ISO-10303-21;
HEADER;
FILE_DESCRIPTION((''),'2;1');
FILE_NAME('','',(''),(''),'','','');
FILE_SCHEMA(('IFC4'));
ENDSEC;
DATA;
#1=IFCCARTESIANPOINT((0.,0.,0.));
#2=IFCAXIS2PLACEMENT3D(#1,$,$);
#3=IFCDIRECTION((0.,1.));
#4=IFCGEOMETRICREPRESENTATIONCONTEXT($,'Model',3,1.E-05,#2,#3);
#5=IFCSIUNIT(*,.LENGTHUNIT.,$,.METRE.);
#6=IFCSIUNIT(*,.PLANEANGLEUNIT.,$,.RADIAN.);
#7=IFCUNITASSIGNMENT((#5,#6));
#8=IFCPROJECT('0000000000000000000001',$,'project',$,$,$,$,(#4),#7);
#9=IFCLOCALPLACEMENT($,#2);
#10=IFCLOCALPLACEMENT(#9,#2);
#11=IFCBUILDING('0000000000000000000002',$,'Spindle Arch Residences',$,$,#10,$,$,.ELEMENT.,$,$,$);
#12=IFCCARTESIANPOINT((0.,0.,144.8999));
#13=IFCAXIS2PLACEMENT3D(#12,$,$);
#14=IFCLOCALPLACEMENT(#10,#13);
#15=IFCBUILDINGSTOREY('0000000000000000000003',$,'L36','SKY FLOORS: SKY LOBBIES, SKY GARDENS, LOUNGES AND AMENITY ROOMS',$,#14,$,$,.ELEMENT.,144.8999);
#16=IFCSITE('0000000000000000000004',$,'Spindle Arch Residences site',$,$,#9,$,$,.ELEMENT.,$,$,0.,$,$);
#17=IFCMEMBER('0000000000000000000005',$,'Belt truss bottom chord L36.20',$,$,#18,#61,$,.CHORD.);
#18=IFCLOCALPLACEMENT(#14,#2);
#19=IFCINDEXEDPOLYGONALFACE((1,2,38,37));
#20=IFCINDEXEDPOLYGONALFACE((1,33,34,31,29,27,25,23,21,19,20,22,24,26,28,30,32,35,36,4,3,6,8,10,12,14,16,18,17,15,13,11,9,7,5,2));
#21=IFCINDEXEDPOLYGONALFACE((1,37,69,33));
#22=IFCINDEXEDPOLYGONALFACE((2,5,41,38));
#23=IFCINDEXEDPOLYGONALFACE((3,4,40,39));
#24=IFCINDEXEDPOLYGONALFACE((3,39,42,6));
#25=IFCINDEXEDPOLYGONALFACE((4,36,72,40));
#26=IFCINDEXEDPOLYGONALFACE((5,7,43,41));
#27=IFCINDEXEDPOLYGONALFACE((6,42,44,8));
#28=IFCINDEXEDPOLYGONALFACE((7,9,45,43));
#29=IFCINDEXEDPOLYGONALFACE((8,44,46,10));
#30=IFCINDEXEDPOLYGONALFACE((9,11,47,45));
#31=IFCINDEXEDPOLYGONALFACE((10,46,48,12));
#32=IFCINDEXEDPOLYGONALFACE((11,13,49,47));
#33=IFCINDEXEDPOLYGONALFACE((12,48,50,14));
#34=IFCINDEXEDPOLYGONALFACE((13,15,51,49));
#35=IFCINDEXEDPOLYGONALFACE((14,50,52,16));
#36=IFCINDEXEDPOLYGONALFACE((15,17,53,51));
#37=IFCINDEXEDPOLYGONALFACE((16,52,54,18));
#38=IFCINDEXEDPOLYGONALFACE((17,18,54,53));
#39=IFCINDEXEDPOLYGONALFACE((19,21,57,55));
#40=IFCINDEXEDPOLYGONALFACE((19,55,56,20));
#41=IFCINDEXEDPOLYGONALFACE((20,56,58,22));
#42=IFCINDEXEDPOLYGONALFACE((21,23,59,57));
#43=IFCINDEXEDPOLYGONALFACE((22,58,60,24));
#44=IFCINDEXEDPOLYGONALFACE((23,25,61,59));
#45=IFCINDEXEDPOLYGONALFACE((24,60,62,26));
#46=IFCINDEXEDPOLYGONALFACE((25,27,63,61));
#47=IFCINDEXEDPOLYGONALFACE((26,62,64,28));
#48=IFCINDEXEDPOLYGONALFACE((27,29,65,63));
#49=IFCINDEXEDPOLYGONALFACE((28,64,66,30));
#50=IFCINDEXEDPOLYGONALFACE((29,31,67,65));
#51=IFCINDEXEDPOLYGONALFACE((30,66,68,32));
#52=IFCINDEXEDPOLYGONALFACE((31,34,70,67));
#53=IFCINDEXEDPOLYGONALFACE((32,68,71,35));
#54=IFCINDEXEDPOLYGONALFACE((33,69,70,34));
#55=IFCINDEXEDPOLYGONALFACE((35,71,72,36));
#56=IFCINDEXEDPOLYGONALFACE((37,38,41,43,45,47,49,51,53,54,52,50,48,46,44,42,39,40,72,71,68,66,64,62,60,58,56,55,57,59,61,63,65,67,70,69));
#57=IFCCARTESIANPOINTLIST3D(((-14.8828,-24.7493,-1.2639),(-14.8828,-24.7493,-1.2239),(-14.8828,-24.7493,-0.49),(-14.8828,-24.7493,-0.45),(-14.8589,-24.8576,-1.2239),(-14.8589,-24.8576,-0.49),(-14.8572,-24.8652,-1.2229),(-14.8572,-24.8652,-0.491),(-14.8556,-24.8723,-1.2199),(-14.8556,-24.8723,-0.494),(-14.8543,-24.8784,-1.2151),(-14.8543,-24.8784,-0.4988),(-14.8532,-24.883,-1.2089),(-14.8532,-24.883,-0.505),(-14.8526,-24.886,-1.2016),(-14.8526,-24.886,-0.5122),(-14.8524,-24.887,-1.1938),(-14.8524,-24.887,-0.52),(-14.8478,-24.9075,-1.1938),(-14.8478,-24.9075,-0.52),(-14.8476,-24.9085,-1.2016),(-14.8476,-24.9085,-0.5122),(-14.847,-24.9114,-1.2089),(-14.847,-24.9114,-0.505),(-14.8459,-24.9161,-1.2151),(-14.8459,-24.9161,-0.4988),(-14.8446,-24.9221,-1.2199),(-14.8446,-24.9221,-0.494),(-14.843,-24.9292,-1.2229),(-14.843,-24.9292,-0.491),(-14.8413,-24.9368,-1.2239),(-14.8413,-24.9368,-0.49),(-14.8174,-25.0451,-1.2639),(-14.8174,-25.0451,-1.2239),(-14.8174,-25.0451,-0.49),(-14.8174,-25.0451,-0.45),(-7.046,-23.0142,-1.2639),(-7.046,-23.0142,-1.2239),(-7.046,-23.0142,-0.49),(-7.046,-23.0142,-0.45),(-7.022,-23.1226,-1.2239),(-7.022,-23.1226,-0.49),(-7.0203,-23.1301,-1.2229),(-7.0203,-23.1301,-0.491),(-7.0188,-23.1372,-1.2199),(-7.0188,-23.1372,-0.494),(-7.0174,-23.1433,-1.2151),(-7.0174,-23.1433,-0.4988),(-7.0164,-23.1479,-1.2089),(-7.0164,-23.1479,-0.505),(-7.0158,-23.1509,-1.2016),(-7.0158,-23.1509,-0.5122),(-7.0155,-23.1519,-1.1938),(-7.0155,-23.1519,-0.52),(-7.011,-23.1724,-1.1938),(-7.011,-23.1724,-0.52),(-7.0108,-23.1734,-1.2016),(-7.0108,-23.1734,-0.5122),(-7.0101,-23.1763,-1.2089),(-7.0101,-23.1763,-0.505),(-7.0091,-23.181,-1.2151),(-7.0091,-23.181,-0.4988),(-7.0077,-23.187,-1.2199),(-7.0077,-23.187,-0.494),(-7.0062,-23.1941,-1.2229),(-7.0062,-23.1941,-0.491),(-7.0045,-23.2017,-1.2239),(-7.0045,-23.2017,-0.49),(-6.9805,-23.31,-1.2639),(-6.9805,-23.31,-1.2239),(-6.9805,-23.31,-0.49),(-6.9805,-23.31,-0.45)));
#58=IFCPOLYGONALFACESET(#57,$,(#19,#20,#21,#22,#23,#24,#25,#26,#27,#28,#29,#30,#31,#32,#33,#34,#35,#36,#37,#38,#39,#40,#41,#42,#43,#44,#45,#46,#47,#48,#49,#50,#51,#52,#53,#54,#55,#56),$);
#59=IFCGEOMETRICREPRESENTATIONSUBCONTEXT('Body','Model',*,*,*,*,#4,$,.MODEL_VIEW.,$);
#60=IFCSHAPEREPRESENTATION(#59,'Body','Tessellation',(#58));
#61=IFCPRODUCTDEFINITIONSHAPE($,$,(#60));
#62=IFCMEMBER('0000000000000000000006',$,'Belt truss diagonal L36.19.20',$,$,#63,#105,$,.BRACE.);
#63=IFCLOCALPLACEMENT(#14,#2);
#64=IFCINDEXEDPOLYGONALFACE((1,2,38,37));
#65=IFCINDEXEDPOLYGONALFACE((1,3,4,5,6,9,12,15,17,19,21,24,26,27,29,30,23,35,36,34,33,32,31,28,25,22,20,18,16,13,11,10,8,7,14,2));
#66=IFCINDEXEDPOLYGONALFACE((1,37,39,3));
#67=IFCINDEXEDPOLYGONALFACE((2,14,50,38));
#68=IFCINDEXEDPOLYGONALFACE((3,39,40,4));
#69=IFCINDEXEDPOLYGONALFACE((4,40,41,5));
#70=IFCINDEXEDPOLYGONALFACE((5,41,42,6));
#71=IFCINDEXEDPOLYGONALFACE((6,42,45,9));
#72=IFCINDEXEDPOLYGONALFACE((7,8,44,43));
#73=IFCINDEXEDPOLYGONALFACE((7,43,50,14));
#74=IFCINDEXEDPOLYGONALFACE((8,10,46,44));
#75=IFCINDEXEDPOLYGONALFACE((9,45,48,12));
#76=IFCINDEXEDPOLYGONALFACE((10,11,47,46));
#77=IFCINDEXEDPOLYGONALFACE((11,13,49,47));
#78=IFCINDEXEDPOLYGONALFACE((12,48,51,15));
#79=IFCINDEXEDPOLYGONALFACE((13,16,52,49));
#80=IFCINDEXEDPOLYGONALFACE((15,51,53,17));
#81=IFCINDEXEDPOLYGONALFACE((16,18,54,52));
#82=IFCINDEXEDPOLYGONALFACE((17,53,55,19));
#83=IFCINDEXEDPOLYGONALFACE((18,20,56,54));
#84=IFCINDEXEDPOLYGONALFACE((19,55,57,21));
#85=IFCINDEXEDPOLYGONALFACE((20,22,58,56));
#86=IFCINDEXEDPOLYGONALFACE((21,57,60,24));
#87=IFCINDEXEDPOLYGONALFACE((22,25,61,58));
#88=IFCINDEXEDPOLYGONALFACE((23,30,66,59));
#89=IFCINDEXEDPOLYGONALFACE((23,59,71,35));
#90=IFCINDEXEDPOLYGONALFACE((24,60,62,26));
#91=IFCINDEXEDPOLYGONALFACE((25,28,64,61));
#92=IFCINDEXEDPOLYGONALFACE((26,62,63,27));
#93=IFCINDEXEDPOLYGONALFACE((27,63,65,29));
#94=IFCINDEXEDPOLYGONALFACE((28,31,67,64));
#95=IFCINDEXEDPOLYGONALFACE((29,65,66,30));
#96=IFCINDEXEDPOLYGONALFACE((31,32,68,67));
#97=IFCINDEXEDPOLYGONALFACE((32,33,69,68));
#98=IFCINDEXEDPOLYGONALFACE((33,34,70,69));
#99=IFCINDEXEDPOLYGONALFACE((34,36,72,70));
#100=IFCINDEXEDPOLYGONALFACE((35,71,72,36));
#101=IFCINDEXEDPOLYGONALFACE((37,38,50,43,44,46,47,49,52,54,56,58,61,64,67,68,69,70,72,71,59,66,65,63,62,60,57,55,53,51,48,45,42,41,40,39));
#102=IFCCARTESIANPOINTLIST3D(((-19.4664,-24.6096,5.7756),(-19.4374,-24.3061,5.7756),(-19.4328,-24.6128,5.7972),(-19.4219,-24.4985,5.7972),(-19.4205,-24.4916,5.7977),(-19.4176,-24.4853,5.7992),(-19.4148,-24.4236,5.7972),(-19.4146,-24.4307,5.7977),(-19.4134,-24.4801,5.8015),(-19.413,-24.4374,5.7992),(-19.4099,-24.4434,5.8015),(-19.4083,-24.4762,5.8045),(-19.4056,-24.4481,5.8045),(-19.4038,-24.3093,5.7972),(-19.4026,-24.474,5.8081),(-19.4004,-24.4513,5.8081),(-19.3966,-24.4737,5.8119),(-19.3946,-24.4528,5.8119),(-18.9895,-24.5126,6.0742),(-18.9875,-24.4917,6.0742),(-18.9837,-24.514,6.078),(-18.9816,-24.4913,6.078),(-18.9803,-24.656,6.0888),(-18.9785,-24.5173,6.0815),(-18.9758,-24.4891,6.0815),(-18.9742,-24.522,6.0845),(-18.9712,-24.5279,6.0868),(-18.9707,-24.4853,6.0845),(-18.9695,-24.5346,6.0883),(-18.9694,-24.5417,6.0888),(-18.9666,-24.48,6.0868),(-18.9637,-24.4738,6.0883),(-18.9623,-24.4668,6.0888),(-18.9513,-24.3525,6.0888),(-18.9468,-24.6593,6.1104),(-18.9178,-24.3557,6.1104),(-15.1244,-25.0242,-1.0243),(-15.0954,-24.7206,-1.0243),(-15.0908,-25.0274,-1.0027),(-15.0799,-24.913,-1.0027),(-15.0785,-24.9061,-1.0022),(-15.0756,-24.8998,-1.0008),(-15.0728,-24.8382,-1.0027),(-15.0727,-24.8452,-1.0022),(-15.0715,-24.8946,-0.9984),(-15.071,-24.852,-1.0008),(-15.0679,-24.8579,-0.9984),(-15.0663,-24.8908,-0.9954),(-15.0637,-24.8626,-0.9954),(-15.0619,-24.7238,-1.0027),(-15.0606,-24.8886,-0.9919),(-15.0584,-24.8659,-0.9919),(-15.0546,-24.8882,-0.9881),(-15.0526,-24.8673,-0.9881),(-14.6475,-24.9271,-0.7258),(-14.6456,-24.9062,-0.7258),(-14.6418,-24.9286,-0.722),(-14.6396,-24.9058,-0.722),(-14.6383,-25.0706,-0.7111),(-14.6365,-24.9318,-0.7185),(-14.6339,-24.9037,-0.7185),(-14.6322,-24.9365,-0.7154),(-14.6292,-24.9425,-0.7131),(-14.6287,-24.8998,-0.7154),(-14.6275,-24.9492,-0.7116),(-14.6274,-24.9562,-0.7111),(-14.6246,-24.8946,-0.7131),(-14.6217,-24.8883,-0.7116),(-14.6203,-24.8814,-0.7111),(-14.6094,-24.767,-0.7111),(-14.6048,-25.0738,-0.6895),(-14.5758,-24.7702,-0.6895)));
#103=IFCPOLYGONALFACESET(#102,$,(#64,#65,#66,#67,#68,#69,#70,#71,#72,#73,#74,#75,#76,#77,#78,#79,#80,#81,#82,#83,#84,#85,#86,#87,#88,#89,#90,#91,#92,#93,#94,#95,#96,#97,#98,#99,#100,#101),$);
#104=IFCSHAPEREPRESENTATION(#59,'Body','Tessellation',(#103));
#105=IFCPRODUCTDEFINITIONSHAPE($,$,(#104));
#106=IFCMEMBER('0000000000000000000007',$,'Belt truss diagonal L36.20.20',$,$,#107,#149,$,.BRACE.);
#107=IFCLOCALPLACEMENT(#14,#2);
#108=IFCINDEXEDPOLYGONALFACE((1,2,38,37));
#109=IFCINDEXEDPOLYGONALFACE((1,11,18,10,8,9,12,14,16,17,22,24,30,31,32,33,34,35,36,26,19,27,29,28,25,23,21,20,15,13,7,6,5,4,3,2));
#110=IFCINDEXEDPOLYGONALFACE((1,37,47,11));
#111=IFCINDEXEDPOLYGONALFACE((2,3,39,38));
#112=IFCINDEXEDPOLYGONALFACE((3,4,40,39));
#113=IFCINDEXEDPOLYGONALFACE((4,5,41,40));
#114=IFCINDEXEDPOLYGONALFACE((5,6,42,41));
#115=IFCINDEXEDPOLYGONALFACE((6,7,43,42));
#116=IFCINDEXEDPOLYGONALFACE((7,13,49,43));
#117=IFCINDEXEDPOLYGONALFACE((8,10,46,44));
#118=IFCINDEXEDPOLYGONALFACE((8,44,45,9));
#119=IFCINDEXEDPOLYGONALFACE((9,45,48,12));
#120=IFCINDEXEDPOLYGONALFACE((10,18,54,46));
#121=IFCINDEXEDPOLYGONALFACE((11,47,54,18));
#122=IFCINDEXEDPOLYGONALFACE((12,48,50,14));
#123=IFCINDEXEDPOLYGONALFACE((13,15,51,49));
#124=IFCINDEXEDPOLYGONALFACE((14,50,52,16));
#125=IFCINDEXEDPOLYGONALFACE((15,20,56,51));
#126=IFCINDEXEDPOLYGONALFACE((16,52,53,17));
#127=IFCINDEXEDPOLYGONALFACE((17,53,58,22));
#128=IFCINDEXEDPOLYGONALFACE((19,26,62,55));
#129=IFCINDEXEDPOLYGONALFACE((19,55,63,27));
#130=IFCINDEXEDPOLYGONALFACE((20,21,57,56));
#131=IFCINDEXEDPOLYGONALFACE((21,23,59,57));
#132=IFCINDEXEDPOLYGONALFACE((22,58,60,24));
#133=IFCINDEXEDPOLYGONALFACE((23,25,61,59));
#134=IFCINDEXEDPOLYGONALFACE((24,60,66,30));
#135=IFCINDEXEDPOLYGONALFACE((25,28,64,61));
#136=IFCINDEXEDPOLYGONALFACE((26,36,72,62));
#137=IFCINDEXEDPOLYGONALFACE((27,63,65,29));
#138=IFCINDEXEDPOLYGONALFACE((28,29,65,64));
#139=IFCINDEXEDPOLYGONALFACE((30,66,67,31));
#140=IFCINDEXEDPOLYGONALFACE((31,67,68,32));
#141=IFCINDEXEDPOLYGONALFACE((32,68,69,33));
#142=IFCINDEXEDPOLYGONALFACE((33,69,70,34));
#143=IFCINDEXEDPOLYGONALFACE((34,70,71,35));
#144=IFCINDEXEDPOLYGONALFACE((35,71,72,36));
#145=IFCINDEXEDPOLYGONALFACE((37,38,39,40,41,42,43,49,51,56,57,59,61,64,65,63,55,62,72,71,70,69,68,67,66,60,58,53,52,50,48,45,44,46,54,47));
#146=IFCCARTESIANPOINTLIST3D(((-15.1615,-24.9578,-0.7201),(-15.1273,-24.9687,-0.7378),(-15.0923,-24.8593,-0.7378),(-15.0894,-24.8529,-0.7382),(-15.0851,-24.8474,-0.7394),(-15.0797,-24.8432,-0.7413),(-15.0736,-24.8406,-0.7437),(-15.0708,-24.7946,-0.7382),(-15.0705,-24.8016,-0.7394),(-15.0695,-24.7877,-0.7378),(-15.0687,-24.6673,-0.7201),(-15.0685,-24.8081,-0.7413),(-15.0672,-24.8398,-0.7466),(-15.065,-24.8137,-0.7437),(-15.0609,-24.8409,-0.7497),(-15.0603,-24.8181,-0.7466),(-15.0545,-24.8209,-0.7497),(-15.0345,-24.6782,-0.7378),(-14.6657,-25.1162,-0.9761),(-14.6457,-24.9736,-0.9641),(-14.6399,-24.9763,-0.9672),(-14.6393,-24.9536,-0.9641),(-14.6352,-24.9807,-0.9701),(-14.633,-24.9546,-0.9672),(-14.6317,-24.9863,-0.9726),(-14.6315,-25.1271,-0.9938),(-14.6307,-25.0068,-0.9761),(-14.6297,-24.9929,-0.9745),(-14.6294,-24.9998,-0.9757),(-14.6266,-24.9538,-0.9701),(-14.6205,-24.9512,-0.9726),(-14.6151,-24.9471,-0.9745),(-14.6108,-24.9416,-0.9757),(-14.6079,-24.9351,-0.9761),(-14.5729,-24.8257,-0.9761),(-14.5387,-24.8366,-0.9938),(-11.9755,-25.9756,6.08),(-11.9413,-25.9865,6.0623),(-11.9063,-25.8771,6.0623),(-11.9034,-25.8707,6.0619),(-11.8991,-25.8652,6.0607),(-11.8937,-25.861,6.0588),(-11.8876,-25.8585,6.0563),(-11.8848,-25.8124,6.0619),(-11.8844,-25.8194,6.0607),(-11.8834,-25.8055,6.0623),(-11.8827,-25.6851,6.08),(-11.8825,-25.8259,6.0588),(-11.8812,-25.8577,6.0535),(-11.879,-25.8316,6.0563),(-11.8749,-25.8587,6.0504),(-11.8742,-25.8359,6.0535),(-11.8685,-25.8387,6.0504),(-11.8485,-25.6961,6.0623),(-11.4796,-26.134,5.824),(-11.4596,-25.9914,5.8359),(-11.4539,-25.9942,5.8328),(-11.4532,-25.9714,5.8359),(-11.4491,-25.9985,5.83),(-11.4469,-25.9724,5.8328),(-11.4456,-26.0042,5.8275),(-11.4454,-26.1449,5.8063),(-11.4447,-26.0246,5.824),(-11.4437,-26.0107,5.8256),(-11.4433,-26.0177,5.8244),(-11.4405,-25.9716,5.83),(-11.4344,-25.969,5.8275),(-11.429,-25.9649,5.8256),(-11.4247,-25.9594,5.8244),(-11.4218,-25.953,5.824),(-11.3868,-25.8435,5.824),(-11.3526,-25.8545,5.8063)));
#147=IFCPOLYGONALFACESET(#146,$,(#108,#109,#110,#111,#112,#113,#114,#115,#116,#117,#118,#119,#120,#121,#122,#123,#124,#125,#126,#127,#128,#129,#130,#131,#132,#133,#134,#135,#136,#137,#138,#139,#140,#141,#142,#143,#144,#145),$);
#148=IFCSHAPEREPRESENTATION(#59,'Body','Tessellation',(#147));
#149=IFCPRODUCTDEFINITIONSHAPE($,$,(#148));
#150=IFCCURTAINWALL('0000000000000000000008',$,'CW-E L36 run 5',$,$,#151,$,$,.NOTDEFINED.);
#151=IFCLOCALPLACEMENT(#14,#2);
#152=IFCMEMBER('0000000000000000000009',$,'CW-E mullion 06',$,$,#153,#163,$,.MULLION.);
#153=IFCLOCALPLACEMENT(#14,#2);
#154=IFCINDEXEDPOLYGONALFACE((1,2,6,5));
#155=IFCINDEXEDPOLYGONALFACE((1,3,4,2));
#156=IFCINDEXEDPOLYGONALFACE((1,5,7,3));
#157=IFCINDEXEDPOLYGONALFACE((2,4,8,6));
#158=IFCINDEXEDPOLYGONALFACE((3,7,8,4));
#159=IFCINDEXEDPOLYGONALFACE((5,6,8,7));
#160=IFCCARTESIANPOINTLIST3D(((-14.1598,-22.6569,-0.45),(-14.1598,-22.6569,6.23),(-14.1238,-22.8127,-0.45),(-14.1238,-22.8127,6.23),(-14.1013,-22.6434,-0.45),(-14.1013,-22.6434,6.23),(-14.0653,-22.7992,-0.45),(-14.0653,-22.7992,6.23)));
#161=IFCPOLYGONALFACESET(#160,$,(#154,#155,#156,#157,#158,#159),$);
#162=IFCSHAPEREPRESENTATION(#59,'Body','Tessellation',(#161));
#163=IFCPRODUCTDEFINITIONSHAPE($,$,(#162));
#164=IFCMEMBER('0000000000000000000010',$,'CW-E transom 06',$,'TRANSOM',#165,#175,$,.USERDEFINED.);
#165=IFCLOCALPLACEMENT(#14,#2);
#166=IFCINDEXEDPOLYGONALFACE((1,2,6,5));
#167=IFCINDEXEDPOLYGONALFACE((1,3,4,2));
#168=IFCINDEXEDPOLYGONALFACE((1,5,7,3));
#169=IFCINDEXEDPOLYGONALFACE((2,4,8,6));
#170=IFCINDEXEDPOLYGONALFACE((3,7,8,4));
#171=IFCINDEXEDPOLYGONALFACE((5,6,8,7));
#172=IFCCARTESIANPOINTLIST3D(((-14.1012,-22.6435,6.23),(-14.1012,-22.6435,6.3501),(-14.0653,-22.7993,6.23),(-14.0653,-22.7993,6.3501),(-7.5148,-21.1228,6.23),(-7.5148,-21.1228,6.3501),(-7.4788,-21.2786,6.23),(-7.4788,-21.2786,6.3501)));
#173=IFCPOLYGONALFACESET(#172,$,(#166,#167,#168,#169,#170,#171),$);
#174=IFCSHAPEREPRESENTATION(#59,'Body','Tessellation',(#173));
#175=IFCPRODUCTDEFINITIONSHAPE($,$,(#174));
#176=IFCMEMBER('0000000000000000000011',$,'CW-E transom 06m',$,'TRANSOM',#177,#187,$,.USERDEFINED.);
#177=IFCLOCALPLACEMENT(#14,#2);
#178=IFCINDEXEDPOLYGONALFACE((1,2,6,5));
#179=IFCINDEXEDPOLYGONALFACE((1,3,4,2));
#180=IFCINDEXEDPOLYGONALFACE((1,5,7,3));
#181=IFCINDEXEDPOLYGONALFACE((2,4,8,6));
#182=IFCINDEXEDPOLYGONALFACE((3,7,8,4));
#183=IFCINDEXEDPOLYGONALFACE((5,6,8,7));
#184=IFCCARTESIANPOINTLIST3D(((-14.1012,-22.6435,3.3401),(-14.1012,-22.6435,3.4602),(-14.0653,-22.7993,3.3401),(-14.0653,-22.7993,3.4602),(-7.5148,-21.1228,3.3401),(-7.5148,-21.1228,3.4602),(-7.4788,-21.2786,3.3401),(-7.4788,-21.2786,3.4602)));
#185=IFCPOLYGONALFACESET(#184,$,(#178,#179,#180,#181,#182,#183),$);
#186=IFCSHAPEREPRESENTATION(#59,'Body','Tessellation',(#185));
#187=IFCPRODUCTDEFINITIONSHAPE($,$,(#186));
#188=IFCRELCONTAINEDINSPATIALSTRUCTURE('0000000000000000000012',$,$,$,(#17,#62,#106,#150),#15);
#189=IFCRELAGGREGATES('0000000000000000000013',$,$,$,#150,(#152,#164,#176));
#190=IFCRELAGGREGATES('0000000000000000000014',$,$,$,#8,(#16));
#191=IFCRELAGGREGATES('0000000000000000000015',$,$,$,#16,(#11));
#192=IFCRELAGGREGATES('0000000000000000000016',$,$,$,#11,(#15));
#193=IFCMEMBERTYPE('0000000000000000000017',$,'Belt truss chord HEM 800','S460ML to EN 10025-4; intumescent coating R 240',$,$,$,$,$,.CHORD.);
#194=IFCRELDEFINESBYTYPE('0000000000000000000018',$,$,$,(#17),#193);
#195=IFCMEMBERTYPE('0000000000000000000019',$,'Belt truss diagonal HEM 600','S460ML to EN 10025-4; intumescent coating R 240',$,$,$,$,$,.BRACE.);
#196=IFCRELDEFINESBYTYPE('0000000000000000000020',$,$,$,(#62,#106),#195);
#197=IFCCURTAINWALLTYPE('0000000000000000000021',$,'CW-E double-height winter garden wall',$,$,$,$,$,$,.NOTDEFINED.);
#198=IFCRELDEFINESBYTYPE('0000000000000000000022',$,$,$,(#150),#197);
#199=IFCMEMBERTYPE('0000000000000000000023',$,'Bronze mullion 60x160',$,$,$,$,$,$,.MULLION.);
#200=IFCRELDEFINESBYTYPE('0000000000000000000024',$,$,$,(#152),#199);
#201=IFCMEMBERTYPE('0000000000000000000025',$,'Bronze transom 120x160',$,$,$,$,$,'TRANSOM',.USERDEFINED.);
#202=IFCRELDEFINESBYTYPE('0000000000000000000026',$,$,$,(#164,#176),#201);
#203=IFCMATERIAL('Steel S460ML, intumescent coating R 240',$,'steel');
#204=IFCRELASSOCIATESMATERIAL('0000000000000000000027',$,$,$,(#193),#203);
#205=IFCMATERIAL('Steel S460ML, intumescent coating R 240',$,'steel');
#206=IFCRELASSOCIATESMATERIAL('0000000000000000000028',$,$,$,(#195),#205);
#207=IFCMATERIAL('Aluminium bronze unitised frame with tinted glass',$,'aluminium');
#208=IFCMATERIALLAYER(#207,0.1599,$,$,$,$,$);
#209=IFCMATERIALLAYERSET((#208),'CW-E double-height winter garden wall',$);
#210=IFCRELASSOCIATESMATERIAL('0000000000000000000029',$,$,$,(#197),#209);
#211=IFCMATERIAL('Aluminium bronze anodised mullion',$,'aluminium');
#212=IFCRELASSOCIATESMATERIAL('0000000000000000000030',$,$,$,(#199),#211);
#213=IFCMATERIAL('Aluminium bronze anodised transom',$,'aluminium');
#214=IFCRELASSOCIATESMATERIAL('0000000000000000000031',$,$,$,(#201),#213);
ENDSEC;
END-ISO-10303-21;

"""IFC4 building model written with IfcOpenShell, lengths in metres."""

from ifc_helpers import new_model, si_unit, direction, frame, origin, origin_2d, place, context, subcontext, project, spatial, rectangle, i_section, extrude, material, layer, layer_set, material_profile, profile_set, type_object, element, aggregate, save


model = new_model("IFC4")

# Units and contexts
model_context = context("Model", 3, precision=1e-05, world=origin(), true_north=direction((0.0, 1.0)))
body_context = subcontext(model_context, "Body", "Model", "MODEL_VIEW")
ifc_project = project(units=[si_unit("LENGTHUNIT", "METRE"), si_unit("PLANEANGLEUNIT", "RADIAN")], contexts=[model_context])

# Site, building, storey
site_placement = place(None, origin())
site = spatial("IfcSite", under=ifc_project, at=site_placement, Name="Spindle Arch Residences site", CompositionType="ELEMENT", RefElevation=0.0)
building_placement = place(site_placement, origin())
building = spatial("IfcBuilding", under=site, at=building_placement, Name="Spindle Arch Residences", CompositionType="ELEMENT")
storey_placement = place(building_placement, frame((0.0, 0.0, 144.8999)))
storey = spatial("IfcBuildingStorey", under=building, at=storey_placement, Name="L36", Description="SKY FLOORS: SKY LOBBIES, SKY GARDENS, LOUNGES AND AMENITY ROOMS", CompositionType="ELEMENT", Elevation=144.8999)

# Members
ifc_material_1 = material(Name="Steel S460ML, intumescent coating R 240", Category="steel")
ifc_material_profile_1 = material_profile(ifc_material_1, i_section(OverallWidth=0.303, OverallDepth=0.814, WebThickness=0.021, FlangeThickness=0.04, FilletRadius=0.03, at=origin_2d()), Name="HEM 800")
ifc_profile_set_1 = profile_set([ifc_material_profile_1], Name="Steel S460ML, intumescent coating R 240")
member_type_1 = type_object("IfcMemberType", Name="Belt truss chord HEM 800", Description="S460ML to EN 10025-4; intumescent coating R 240", PredefinedType="CHORD", material=ifc_profile_set_1)
member_1_placement = place(storey_placement, frame((-14.8501, -24.8972, -0.8569), z_axis=(0.976356, 0.216167, 0.0), x_axis=(-0.216167, 0.976356, 0.0)))
element("IfcMember", 1, at=member_1_placement, inside=storey, type_object=member_type_1, Name="Belt truss bottom chord L36.20", PredefinedType="CHORD", context=body_context, shape_type="SweptSolid", body=[
    extrude(i_section(OverallWidth=0.303, OverallDepth=0.814, WebThickness=0.021, FlangeThickness=0.04, FilletRadius=0.03, at=origin_2d()), origin(), (0.0, 0.0, 1.0), 8.0266),
])
ifc_material_2 = material(Name="Steel S460ML, intumescent coating R 240", Category="steel")
ifc_material_profile_2 = material_profile(ifc_material_2, i_section(OverallWidth=0.3049, OverallDepth=0.6201, WebThickness=0.021, FlangeThickness=0.04, FilletRadius=0.0271, at=origin_2d()), Name="HEM 600")
ifc_profile_set_2 = profile_set([ifc_material_profile_2], Name="Steel S460ML, intumescent coating R 240")
member_type_2 = type_object("IfcMemberType", Name="Belt truss diagonal HEM 600", Description="S460ML to EN 10025-4; intumescent coating R 240", PredefinedType="BRACE", material=ifc_profile_set_2)
member_2_placement = place(storey_placement, frame((-14.8501, -24.8972, -0.8569), z_axis=(-0.537466, 0.051314, 0.841723), x_axis=(-0.095042, -0.995473, 0.0)))
element("IfcMember", 2, at=member_2_placement, inside=storey, type_object=member_type_2, Name="Belt truss diagonal L36.19.20", PredefinedType="BRACE", context=body_context, shape_type="SweptSolid", body=[
    extrude(i_section(OverallWidth=0.3049, OverallDepth=0.6201, WebThickness=0.021, FlangeThickness=0.04, FilletRadius=0.0271, at=origin_2d()), origin(), (0.0, 0.0, 1.0), 8.0786),
])
member_3_placement = place(storey_placement, frame((-14.8501, -24.8972, -0.8569), z_axis=(0.420427, -0.134311, 0.89733), x_axis=(0.304312, 0.952572, 0.0)))
element("IfcMember", 3, at=member_3_placement, inside=storey, type_object=member_type_2, Name="Belt truss diagonal L36.20.20", PredefinedType="BRACE", context=body_context, shape_type="SweptSolid", body=[
    extrude(i_section(OverallWidth=0.3049, OverallDepth=0.6201, WebThickness=0.021, FlangeThickness=0.04, FilletRadius=0.0271, at=origin_2d()), origin(), (0.0, 0.0, 1.0), 7.5781),
])

# Curtain wall, members
ifc_material_3 = material(Name="Aluminium bronze unitised frame with tinted glass", Category="aluminium")
ifc_layer_1 = layer(ifc_material_3, 0.1599)
ifc_layer_set_1 = layer_set([ifc_layer_1], Name="CW-E double-height winter garden wall")
curtain_wall_type = type_object("IfcCurtainWallType", Name="CW-E double-height winter garden wall", PredefinedType="NOTDEFINED", material=ifc_layer_set_1)
curtain_wall_placement = place(storey_placement, origin())
curtain_wall = element("IfcCurtainWall", 4, at=curtain_wall_placement, inside=storey, type_object=curtain_wall_type, Name="CW-E L36 run 5", PredefinedType="NOTDEFINED")
ifc_material_4 = material(Name="Aluminium bronze anodised mullion", Category="aluminium")
ifc_material_profile_3 = material_profile(ifc_material_4, rectangle(XDim=0.1599, YDim=0.0601, at=origin_2d()), Name="MU 60x160")
ifc_profile_set_3 = profile_set([ifc_material_profile_3], Name="Aluminium bronze anodised mullion")
member_type_3 = type_object("IfcMemberType", Name="Bronze mullion 60x160", PredefinedType="MULLION", material=ifc_profile_set_3)
member_4_placement = place(storey_placement, frame((-14.1125, -22.728, -0.45), z_axis=(0.0, 0.0, 1.0), x_axis=(-0.224951, 0.97437, 0.0)))
member_4 = element("IfcMember", 5, at=member_4_placement, type_object=member_type_3, Name="CW-E mullion 06", PredefinedType="MULLION", context=body_context, shape_type="SweptSolid", body=[
    extrude(rectangle(XDim=0.1599, YDim=0.0601, at=origin_2d()), origin(), (0.0, 0.0, 1.0), 6.6799),
])
ifc_material_5 = material(Name="Aluminium bronze anodised transom", Category="aluminium")
ifc_material_profile_4 = material_profile(ifc_material_5, rectangle(XDim=0.1599, YDim=0.1201, at=origin_2d()), Name="TR 120x160")
ifc_profile_set_4 = profile_set([ifc_material_profile_4], Name="Aluminium bronze anodised transom")
member_type_4 = type_object("IfcMemberType", Name="Bronze transom 120x160", ElementType="TRANSOM", PredefinedType="USERDEFINED", material=ifc_profile_set_4)
member_5_placement = place(storey_placement, frame((-14.0833, -22.7214, 6.29), z_axis=(0.974365, 0.224973, 0.0), x_axis=(-0.224973, 0.974365, 0.0)))
member_5 = element("IfcMember", 6, at=member_5_placement, type_object=member_type_4, Name="CW-E transom 06", ObjectType="TRANSOM", PredefinedType="USERDEFINED", context=body_context, shape_type="SweptSolid", body=[
    extrude(rectangle(XDim=0.1599, YDim=0.1201, at=origin_2d()), origin(), (0.0, 0.0, 1.0), 6.7598),
])
member_6_placement = place(storey_placement, frame((-14.0833, -22.7214, 3.4001), z_axis=(0.974365, 0.224973, 0.0), x_axis=(-0.224973, 0.974365, 0.0)))
member_6 = element("IfcMember", 7, at=member_6_placement, type_object=member_type_4, Name="CW-E transom 06m", ObjectType="TRANSOM", PredefinedType="USERDEFINED", context=body_context, shape_type="SweptSolid", body=[
    extrude(rectangle(XDim=0.1599, YDim=0.1201, at=origin_2d()), origin(), (0.0, 0.0, 1.0), 6.7598),
])

aggregate(curtain_wall, [member_4, member_5, member_6])

save(model, "model.ifc")
